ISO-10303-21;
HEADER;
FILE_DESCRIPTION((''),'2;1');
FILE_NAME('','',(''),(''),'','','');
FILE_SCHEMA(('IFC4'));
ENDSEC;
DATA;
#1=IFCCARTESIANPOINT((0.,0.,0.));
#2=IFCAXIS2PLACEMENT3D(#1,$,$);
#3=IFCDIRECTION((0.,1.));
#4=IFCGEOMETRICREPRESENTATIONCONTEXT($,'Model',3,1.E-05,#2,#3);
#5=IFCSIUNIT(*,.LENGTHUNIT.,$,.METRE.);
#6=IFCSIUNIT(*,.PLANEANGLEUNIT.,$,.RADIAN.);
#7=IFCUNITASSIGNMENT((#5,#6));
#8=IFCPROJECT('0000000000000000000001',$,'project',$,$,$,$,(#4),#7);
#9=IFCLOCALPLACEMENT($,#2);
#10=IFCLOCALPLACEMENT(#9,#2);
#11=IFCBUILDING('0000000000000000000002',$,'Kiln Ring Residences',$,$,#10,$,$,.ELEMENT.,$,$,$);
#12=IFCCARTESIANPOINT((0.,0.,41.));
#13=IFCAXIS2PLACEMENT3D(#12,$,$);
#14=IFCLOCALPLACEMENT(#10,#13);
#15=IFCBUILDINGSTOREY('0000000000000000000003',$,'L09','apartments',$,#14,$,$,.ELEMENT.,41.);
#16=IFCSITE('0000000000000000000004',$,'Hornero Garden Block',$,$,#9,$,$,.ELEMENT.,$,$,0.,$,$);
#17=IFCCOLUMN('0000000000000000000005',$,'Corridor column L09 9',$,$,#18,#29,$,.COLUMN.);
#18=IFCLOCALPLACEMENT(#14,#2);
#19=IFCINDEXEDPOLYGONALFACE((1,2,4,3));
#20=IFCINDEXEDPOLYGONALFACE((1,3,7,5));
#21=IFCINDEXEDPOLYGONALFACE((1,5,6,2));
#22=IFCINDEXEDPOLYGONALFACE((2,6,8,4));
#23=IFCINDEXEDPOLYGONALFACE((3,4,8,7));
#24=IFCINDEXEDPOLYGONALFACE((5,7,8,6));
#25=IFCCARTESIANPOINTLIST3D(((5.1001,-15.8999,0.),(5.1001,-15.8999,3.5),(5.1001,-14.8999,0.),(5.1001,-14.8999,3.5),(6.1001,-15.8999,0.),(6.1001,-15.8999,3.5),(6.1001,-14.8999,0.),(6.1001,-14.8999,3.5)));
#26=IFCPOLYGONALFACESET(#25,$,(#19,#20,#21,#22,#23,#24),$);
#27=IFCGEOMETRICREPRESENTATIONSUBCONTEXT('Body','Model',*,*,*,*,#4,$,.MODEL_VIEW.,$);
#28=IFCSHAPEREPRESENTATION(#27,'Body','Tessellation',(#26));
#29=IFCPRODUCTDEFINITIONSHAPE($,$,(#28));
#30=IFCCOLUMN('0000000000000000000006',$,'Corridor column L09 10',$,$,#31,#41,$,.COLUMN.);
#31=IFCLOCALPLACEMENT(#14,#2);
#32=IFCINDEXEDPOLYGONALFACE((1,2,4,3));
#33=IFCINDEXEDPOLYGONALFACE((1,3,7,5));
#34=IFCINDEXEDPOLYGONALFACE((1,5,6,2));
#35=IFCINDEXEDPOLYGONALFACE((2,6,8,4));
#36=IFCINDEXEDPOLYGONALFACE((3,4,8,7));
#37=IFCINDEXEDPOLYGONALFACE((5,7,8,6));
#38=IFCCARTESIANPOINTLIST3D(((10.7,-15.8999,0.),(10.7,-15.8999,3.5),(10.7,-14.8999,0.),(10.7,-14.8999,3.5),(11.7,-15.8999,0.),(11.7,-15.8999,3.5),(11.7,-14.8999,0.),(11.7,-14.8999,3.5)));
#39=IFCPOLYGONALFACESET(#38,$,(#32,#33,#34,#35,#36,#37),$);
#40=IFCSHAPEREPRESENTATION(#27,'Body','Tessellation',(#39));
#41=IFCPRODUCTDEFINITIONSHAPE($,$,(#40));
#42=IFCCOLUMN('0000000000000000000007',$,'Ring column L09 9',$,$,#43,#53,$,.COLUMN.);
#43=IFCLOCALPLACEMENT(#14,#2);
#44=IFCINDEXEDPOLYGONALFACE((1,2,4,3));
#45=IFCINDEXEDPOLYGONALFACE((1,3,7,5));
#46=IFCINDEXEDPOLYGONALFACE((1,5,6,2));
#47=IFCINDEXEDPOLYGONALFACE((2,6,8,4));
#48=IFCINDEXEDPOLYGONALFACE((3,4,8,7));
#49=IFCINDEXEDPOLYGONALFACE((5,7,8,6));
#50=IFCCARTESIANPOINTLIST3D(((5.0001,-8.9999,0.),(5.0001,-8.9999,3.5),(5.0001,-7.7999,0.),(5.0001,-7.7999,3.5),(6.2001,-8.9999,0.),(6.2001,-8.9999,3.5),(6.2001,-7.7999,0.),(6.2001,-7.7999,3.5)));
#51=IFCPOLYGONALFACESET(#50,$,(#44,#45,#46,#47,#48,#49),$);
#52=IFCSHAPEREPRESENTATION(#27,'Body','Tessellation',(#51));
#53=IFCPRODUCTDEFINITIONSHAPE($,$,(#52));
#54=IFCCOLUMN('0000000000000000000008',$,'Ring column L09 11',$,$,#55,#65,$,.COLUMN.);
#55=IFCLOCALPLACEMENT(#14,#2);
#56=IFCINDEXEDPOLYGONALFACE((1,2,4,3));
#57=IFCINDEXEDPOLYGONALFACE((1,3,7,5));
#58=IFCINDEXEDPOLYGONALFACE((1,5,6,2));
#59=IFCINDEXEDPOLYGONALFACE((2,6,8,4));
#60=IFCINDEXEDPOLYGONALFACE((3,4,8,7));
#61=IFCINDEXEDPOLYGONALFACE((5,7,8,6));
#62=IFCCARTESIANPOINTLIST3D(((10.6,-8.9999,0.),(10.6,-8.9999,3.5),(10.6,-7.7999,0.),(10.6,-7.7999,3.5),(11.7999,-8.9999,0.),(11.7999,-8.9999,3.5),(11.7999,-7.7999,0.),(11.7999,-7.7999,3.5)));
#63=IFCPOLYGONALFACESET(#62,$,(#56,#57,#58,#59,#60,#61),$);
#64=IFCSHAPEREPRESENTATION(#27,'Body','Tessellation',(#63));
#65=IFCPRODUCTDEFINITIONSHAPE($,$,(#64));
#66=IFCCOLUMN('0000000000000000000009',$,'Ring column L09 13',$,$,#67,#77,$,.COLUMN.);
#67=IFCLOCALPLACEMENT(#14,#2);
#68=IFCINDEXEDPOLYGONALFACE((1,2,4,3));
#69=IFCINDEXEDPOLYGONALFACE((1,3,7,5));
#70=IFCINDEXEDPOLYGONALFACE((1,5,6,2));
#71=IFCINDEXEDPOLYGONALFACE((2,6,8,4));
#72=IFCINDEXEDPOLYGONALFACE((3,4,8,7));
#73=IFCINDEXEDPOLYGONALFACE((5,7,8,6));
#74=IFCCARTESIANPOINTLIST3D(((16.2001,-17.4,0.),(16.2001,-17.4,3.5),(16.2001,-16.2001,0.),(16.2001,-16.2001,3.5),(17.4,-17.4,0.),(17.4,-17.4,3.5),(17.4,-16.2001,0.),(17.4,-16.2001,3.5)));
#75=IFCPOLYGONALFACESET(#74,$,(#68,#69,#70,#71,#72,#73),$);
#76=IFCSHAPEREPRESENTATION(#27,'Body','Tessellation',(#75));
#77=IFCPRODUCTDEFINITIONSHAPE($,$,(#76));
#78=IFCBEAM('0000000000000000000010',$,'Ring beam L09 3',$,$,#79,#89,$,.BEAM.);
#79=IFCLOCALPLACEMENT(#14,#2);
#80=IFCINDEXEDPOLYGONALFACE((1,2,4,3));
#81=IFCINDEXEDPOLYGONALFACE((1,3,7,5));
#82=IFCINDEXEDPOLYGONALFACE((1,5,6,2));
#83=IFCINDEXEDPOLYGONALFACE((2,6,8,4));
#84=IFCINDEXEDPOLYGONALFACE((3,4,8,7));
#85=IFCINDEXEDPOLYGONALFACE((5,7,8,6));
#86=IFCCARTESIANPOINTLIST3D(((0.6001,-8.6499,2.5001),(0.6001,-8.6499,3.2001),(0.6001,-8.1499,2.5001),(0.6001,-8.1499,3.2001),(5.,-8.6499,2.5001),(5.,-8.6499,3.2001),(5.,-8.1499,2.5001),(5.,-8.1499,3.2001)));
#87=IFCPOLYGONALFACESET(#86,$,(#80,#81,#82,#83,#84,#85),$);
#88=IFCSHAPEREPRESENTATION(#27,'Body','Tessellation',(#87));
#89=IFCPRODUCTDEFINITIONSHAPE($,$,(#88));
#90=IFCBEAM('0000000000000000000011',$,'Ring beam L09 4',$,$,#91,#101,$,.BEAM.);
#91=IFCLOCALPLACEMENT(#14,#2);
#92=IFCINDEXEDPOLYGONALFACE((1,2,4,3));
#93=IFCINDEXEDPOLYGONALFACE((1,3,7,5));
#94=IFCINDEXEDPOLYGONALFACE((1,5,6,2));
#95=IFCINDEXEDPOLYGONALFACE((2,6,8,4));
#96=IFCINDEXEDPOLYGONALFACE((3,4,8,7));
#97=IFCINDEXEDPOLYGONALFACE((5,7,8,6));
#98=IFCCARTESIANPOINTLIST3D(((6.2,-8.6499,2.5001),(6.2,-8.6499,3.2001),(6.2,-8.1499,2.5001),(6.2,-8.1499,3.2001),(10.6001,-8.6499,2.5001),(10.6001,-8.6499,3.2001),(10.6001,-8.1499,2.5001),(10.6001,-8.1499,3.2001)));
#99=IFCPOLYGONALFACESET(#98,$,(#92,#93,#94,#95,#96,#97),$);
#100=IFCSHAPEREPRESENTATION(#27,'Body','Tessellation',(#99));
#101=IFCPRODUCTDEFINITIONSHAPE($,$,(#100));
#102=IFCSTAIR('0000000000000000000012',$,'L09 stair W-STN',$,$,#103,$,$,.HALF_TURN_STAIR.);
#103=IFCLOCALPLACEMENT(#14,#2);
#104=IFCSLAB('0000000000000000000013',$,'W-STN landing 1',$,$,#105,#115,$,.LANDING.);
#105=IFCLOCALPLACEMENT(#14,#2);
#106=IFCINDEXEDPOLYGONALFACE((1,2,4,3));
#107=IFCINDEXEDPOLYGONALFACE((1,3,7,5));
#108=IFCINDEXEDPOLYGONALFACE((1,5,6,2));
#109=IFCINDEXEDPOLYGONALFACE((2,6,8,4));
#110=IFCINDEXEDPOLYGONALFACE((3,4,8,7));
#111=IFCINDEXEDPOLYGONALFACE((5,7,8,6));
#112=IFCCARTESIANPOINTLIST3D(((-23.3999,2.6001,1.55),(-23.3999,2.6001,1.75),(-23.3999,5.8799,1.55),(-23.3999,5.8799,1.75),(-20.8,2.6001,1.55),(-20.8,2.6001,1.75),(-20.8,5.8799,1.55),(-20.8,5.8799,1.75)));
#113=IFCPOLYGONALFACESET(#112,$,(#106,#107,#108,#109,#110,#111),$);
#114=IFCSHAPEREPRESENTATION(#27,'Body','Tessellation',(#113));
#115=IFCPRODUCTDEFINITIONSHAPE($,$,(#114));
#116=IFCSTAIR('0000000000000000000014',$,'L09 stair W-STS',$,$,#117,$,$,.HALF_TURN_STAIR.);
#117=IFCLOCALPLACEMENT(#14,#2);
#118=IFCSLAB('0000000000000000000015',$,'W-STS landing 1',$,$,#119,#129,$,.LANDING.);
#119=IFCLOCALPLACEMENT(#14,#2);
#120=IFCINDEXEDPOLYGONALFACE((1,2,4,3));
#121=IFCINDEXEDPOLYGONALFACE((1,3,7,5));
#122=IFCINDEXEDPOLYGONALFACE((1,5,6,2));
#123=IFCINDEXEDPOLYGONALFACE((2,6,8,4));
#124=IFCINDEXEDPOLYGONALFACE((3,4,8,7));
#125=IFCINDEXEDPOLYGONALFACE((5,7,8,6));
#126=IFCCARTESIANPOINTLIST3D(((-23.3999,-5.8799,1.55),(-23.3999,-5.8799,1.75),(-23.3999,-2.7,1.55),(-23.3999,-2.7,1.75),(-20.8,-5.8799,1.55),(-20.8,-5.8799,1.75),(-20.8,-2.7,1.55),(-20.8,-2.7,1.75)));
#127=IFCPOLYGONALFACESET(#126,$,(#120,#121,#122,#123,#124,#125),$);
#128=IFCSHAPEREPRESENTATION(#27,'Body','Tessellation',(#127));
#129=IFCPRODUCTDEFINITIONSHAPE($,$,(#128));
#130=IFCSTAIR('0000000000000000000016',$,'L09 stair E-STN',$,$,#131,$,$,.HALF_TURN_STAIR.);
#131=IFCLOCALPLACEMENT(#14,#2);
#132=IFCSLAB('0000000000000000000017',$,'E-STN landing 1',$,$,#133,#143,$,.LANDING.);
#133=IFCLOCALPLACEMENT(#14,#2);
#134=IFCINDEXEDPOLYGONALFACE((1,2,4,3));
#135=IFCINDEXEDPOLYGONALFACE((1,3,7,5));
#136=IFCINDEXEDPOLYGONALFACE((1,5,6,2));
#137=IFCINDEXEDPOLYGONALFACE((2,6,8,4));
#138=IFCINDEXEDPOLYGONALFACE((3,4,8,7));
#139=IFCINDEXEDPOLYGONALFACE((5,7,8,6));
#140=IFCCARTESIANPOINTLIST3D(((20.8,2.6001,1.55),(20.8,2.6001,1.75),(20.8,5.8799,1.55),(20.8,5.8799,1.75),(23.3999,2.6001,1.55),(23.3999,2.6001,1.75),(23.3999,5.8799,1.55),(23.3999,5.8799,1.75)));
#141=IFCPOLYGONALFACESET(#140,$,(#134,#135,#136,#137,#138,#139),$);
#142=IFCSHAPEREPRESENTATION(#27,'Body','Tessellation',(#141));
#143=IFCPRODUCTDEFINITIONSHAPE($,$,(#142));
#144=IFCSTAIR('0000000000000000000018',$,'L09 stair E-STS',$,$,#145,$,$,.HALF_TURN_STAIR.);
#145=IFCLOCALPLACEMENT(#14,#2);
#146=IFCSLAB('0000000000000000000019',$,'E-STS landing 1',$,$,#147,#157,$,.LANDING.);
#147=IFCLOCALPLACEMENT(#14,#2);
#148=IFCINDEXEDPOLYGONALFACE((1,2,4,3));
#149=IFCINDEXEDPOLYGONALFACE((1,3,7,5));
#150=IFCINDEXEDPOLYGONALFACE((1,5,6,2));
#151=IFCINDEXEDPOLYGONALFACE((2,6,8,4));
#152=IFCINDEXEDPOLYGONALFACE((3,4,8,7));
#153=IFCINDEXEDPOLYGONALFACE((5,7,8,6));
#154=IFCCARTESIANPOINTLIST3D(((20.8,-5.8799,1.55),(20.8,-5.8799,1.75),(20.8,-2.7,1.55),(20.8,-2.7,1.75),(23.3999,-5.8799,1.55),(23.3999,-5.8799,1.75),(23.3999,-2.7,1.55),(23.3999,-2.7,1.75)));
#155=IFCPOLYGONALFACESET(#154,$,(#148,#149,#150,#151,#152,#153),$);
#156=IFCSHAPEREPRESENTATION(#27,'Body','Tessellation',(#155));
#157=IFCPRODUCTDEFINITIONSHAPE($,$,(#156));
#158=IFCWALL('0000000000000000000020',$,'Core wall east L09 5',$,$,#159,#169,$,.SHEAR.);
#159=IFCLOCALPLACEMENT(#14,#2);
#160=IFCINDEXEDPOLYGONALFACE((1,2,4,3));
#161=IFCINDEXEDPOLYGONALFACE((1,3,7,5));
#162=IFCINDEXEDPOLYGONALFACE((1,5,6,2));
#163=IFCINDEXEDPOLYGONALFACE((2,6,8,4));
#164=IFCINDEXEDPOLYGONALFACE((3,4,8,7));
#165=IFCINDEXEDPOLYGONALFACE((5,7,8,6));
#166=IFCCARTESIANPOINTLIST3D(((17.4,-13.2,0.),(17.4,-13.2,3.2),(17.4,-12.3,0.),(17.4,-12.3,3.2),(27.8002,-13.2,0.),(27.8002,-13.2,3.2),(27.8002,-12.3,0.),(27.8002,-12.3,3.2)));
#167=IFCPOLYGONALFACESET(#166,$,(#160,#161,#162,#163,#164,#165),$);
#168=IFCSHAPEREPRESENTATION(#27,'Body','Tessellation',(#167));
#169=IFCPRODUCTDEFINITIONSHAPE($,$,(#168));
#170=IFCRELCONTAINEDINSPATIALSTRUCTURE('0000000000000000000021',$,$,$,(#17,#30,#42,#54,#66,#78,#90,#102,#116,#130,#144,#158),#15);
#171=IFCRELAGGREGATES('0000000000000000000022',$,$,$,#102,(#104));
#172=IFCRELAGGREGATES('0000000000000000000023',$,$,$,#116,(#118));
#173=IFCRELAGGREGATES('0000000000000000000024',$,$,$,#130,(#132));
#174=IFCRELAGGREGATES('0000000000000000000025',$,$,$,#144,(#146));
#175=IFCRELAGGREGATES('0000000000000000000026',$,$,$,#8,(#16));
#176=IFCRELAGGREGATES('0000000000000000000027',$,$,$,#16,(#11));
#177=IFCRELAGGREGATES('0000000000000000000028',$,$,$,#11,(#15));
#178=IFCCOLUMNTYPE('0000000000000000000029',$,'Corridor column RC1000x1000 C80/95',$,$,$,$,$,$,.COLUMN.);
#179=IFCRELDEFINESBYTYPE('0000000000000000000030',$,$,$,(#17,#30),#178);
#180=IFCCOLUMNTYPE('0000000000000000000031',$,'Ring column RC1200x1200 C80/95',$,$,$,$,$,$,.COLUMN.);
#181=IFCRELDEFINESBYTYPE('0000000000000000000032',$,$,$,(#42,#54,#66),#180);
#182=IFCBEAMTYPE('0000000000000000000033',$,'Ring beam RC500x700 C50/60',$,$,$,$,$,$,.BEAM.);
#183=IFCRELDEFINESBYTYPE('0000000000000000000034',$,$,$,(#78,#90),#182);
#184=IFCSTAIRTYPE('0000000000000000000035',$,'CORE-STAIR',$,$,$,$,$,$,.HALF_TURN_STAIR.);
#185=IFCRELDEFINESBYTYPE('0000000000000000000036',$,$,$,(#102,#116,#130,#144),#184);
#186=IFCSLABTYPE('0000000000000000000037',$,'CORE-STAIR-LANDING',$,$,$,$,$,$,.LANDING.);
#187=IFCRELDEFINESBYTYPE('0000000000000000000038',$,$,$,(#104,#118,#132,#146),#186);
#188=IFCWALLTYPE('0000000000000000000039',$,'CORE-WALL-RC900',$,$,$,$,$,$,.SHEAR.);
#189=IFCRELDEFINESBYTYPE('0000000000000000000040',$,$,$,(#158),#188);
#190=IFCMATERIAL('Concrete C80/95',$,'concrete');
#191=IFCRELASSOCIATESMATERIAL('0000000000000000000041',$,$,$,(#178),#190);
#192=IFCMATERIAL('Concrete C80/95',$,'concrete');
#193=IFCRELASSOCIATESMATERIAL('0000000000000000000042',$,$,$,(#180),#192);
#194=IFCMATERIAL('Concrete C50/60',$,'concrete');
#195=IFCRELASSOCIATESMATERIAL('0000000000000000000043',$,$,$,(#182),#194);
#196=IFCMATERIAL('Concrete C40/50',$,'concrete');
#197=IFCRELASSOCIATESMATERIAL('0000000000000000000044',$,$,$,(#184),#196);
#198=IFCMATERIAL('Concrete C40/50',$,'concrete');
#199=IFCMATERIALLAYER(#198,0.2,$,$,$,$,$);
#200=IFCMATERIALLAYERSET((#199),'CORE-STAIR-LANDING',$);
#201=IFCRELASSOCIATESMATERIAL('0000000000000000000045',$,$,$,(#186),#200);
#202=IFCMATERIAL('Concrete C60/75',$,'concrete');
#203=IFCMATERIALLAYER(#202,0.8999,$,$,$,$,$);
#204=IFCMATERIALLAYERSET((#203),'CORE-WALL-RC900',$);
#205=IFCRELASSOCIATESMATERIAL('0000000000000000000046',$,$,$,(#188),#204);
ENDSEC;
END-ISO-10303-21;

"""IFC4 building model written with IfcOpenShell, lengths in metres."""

from ifc_helpers import new_model, si_unit, direction, frame, frame_2d, origin, origin_2d, place, context, subcontext, project, spatial, polyline, rectangle, outline, extrude, material, layer, layer_set, material_profile, profile_set, type_object, element, aggregate, save


model = new_model("IFC4")

# Units and contexts
model_context = context("Model", 3, precision=1e-05, world=origin(), true_north=direction((0.0, 1.0)))
body_context = subcontext(model_context, "Body", "Model", "MODEL_VIEW")
ifc_project = project(units=[si_unit("LENGTHUNIT", "METRE"), si_unit("PLANEANGLEUNIT", "RADIAN")], contexts=[model_context])

# Site, building, storey
site_placement = place(None, origin())
site = spatial("IfcSite", under=ifc_project, at=site_placement, Name="Hornero Garden Block", CompositionType="ELEMENT", RefElevation=0.0)
building_placement = place(site_placement, origin())
building = spatial("IfcBuilding", under=site, at=building_placement, Name="Kiln Ring Residences", CompositionType="ELEMENT")
storey_placement = place(building_placement, frame((0.0, 0.0, 41.0)))
storey = spatial("IfcBuildingStorey", under=building, at=storey_placement, Name="L09", Description="apartments", CompositionType="ELEMENT", Elevation=41.0)

# Columns
ifc_material_1 = material(Name="Concrete C80/95", Category="concrete")
ifc_material_profile_1 = material_profile(ifc_material_1, rectangle(XDim=1.0, YDim=1.0, at=origin_2d()), Name="RC1000x1000")
ifc_profile_set_1 = profile_set([ifc_material_profile_1], Name="Concrete C80/95")
column_type_1 = type_object("IfcColumnType", Name="Corridor column RC1000x1000 C80/95", PredefinedType="COLUMN", material=ifc_profile_set_1)
for number, where, z_axis, x_axis, name in (
    (1, (5.6001, -15.3999, 0.0), (0.0, 0.0, 1.0), (1.0, 0.0, 0.0), "Corridor column L09 9"),
    (2, (11.2, -15.3999, 0.0), (0.0, 0.0, 1.0), (1.0, 0.0, 0.0), "Corridor column L09 10"),
):
    element("IfcColumn", number, at=place(storey_placement, frame(where, z_axis=z_axis, x_axis=x_axis)), inside=storey, type_object=column_type_1, Name=name, PredefinedType="COLUMN", context=body_context, shape_type="SweptSolid", body=[
        extrude(rectangle(XDim=1.0, YDim=1.0, at=origin_2d()), origin(), (0.0, 0.0, 1.0), 3.5),
    ])
ifc_material_2 = material(Name="Concrete C80/95", Category="concrete")
ifc_material_profile_2 = material_profile(ifc_material_2, rectangle(XDim=1.2, YDim=1.2, at=origin_2d()), Name="RC1200x1200")
ifc_profile_set_2 = profile_set([ifc_material_profile_2], Name="Concrete C80/95")
column_type_2 = type_object("IfcColumnType", Name="Ring column RC1200x1200 C80/95", PredefinedType="COLUMN", material=ifc_profile_set_2)
for number, where, z_axis, x_axis, name in (
    (3, (5.6001, -8.3999, 0.0), (0.0, 0.0, 1.0), (1.0, 0.0, 0.0), "Ring column L09 9"),
    (4, (11.2, -8.3999, 0.0), (0.0, 0.0, 1.0), (1.0, 0.0, 0.0), "Ring column L09 11"),
    (5, (16.8, -16.8, 0.0), (0.0, 0.0, 1.0), (1.0, 0.0, 0.0), "Ring column L09 13"),
):
    element("IfcColumn", number, at=place(storey_placement, frame(where, z_axis=z_axis, x_axis=x_axis)), inside=storey, type_object=column_type_2, Name=name, PredefinedType="COLUMN", context=body_context, shape_type="SweptSolid", body=[
        extrude(rectangle(XDim=1.2, YDim=1.2, at=origin_2d()), origin(), (0.0, 0.0, 1.0), 3.5),
    ])

# Beams
ifc_material_3 = material(Name="Concrete C50/60", Category="concrete")
ifc_material_profile_3 = material_profile(ifc_material_3, rectangle(XDim=0.5, YDim=0.7, at=origin_2d()), Name="RC500x700")
ifc_profile_set_3 = profile_set([ifc_material_profile_3], Name="Concrete C50/60")
beam_type = type_object("IfcBeamType", Name="Ring beam RC500x700 C50/60", PredefinedType="BEAM", material=ifc_profile_set_3)
beam_1_placement = place(storey_placement, frame((0.6001, -8.3999, 2.8501), z_axis=(1.0, 0.0, 0.0), x_axis=(0.0, 1.0, 0.0)))
element("IfcBeam", 6, at=beam_1_placement, inside=storey, type_object=beam_type, Name="Ring beam L09 3", PredefinedType="BEAM", context=body_context, shape_type="SweptSolid", body=[
    extrude(rectangle(XDim=0.5, YDim=0.7, at=origin_2d()), origin(), (0.0, 0.0, 1.0), 4.3999),
])
beam_2_placement = place(storey_placement, frame((6.2, -8.3999, 2.8501), z_axis=(1.0, 0.0, 0.0), x_axis=(0.0, 1.0, 0.0)))
element("IfcBeam", 7, at=beam_2_placement, inside=storey, type_object=beam_type, Name="Ring beam L09 4", PredefinedType="BEAM", context=body_context, shape_type="SweptSolid", body=[
    extrude(rectangle(XDim=0.5, YDim=0.7, at=origin_2d()), origin(), (0.0, 0.0, 1.0), 4.4001),
])

# Stairs, slabs
ifc_material_4 = material(Name="Concrete C40/50", Category="concrete")
stair_type = type_object("IfcStairType", Name="CORE-STAIR", PredefinedType="HALF_TURN_STAIR", material=ifc_material_4)
placement_1 = place(storey_placement, origin())
stair_1 = element("IfcStair", 8, at=placement_1, inside=storey, type_object=stair_type, Name="L09 stair W-STN", PredefinedType="HALF_TURN_STAIR")
ifc_material_5 = material(Name="Concrete C40/50", Category="concrete")
ifc_layer_1 = layer(ifc_material_5, 0.2)
ifc_layer_set_1 = layer_set([ifc_layer_1], Name="CORE-STAIR-LANDING")
slab_type = type_object("IfcSlabType", Name="CORE-STAIR-LANDING", PredefinedType="LANDING", material=ifc_layer_set_1)
placement_2 = place(storey_placement, frame((0.0, 0.0, 1.55)))
slab_1 = element("IfcSlab", 9, at=placement_2, type_object=slab_type, Name="W-STN landing 1", PredefinedType="LANDING", context=body_context, shape_type="SweptSolid", body=[
    extrude(outline(polyline([(-23.3999, 5.8799), (-23.3999, 2.6001), (-20.8, 2.6001), (-20.8, 5.8799), (-23.3999, 5.8799)])), origin(), (0.0, 0.0, 1.0), 0.2),
])
aggregate(stair_1, [slab_1])
stair_2 = element("IfcStair", 10, at=placement_1, inside=storey, type_object=stair_type, Name="L09 stair W-STS", PredefinedType="HALF_TURN_STAIR")
slab_2 = element("IfcSlab", 11, at=placement_2, type_object=slab_type, Name="W-STS landing 1", PredefinedType="LANDING", context=body_context, shape_type="SweptSolid", body=[
    extrude(outline(polyline([(-20.8, -5.8799), (-20.8, -2.7), (-23.3999, -2.7), (-23.3999, -5.8799), (-20.8, -5.8799)])), origin(), (0.0, 0.0, 1.0), 0.2),
])
aggregate(stair_2, [slab_2])
stair_3 = element("IfcStair", 12, at=placement_1, inside=storey, type_object=stair_type, Name="L09 stair E-STN", PredefinedType="HALF_TURN_STAIR")
slab_3 = element("IfcSlab", 13, at=placement_2, type_object=slab_type, Name="E-STN landing 1", PredefinedType="LANDING", context=body_context, shape_type="SweptSolid", body=[
    extrude(outline(polyline([(20.8, 5.8799), (20.8, 2.6001), (23.3999, 2.6001), (23.3999, 5.8799), (20.8, 5.8799)])), origin(), (0.0, 0.0, 1.0), 0.2),
])
aggregate(stair_3, [slab_3])
stair_4 = element("IfcStair", 14, at=placement_1, inside=storey, type_object=stair_type, Name="L09 stair E-STS", PredefinedType="HALF_TURN_STAIR")
slab_4 = element("IfcSlab", 15, at=placement_2, type_object=slab_type, Name="E-STS landing 1", PredefinedType="LANDING", context=body_context, shape_type="SweptSolid", body=[
    extrude(outline(polyline([(23.3999, -5.8799), (23.3999, -2.7), (20.8, -2.7), (20.8, -5.8799), (23.3999, -5.8799)])), origin(), (0.0, 0.0, 1.0), 0.2),
])
aggregate(stair_4, [slab_4])

# Wall
ifc_material_6 = material(Name="Concrete C60/75", Category="concrete")
ifc_layer_2 = layer(ifc_material_6, 0.8999)
ifc_layer_set_2 = layer_set([ifc_layer_2], Name="CORE-WALL-RC900")
wall_type_1 = type_object("IfcWallType", Name="CORE-WALL-RC900", PredefinedType="SHEAR", material=ifc_layer_set_2)
wall_1_placement = place(storey_placement, frame((17.3999, -12.75, 0.0), z_axis=(0.0, 0.0, 1.0), x_axis=(1.0, 0.0, 0.0)))
element("IfcWall", 16, at=wall_1_placement, inside=storey, type_object=wall_type_1, Name="Core wall east L09 5", PredefinedType="SHEAR", context=body_context, shape_type="SweptSolid", body=[
    extrude(rectangle(XDim=10.4001, YDim=0.8999, at=frame_2d((5.2002, 0.0))), origin(), (0.0, 0.0, 1.0), 3.2),
])

save(model, "model.ifc")
